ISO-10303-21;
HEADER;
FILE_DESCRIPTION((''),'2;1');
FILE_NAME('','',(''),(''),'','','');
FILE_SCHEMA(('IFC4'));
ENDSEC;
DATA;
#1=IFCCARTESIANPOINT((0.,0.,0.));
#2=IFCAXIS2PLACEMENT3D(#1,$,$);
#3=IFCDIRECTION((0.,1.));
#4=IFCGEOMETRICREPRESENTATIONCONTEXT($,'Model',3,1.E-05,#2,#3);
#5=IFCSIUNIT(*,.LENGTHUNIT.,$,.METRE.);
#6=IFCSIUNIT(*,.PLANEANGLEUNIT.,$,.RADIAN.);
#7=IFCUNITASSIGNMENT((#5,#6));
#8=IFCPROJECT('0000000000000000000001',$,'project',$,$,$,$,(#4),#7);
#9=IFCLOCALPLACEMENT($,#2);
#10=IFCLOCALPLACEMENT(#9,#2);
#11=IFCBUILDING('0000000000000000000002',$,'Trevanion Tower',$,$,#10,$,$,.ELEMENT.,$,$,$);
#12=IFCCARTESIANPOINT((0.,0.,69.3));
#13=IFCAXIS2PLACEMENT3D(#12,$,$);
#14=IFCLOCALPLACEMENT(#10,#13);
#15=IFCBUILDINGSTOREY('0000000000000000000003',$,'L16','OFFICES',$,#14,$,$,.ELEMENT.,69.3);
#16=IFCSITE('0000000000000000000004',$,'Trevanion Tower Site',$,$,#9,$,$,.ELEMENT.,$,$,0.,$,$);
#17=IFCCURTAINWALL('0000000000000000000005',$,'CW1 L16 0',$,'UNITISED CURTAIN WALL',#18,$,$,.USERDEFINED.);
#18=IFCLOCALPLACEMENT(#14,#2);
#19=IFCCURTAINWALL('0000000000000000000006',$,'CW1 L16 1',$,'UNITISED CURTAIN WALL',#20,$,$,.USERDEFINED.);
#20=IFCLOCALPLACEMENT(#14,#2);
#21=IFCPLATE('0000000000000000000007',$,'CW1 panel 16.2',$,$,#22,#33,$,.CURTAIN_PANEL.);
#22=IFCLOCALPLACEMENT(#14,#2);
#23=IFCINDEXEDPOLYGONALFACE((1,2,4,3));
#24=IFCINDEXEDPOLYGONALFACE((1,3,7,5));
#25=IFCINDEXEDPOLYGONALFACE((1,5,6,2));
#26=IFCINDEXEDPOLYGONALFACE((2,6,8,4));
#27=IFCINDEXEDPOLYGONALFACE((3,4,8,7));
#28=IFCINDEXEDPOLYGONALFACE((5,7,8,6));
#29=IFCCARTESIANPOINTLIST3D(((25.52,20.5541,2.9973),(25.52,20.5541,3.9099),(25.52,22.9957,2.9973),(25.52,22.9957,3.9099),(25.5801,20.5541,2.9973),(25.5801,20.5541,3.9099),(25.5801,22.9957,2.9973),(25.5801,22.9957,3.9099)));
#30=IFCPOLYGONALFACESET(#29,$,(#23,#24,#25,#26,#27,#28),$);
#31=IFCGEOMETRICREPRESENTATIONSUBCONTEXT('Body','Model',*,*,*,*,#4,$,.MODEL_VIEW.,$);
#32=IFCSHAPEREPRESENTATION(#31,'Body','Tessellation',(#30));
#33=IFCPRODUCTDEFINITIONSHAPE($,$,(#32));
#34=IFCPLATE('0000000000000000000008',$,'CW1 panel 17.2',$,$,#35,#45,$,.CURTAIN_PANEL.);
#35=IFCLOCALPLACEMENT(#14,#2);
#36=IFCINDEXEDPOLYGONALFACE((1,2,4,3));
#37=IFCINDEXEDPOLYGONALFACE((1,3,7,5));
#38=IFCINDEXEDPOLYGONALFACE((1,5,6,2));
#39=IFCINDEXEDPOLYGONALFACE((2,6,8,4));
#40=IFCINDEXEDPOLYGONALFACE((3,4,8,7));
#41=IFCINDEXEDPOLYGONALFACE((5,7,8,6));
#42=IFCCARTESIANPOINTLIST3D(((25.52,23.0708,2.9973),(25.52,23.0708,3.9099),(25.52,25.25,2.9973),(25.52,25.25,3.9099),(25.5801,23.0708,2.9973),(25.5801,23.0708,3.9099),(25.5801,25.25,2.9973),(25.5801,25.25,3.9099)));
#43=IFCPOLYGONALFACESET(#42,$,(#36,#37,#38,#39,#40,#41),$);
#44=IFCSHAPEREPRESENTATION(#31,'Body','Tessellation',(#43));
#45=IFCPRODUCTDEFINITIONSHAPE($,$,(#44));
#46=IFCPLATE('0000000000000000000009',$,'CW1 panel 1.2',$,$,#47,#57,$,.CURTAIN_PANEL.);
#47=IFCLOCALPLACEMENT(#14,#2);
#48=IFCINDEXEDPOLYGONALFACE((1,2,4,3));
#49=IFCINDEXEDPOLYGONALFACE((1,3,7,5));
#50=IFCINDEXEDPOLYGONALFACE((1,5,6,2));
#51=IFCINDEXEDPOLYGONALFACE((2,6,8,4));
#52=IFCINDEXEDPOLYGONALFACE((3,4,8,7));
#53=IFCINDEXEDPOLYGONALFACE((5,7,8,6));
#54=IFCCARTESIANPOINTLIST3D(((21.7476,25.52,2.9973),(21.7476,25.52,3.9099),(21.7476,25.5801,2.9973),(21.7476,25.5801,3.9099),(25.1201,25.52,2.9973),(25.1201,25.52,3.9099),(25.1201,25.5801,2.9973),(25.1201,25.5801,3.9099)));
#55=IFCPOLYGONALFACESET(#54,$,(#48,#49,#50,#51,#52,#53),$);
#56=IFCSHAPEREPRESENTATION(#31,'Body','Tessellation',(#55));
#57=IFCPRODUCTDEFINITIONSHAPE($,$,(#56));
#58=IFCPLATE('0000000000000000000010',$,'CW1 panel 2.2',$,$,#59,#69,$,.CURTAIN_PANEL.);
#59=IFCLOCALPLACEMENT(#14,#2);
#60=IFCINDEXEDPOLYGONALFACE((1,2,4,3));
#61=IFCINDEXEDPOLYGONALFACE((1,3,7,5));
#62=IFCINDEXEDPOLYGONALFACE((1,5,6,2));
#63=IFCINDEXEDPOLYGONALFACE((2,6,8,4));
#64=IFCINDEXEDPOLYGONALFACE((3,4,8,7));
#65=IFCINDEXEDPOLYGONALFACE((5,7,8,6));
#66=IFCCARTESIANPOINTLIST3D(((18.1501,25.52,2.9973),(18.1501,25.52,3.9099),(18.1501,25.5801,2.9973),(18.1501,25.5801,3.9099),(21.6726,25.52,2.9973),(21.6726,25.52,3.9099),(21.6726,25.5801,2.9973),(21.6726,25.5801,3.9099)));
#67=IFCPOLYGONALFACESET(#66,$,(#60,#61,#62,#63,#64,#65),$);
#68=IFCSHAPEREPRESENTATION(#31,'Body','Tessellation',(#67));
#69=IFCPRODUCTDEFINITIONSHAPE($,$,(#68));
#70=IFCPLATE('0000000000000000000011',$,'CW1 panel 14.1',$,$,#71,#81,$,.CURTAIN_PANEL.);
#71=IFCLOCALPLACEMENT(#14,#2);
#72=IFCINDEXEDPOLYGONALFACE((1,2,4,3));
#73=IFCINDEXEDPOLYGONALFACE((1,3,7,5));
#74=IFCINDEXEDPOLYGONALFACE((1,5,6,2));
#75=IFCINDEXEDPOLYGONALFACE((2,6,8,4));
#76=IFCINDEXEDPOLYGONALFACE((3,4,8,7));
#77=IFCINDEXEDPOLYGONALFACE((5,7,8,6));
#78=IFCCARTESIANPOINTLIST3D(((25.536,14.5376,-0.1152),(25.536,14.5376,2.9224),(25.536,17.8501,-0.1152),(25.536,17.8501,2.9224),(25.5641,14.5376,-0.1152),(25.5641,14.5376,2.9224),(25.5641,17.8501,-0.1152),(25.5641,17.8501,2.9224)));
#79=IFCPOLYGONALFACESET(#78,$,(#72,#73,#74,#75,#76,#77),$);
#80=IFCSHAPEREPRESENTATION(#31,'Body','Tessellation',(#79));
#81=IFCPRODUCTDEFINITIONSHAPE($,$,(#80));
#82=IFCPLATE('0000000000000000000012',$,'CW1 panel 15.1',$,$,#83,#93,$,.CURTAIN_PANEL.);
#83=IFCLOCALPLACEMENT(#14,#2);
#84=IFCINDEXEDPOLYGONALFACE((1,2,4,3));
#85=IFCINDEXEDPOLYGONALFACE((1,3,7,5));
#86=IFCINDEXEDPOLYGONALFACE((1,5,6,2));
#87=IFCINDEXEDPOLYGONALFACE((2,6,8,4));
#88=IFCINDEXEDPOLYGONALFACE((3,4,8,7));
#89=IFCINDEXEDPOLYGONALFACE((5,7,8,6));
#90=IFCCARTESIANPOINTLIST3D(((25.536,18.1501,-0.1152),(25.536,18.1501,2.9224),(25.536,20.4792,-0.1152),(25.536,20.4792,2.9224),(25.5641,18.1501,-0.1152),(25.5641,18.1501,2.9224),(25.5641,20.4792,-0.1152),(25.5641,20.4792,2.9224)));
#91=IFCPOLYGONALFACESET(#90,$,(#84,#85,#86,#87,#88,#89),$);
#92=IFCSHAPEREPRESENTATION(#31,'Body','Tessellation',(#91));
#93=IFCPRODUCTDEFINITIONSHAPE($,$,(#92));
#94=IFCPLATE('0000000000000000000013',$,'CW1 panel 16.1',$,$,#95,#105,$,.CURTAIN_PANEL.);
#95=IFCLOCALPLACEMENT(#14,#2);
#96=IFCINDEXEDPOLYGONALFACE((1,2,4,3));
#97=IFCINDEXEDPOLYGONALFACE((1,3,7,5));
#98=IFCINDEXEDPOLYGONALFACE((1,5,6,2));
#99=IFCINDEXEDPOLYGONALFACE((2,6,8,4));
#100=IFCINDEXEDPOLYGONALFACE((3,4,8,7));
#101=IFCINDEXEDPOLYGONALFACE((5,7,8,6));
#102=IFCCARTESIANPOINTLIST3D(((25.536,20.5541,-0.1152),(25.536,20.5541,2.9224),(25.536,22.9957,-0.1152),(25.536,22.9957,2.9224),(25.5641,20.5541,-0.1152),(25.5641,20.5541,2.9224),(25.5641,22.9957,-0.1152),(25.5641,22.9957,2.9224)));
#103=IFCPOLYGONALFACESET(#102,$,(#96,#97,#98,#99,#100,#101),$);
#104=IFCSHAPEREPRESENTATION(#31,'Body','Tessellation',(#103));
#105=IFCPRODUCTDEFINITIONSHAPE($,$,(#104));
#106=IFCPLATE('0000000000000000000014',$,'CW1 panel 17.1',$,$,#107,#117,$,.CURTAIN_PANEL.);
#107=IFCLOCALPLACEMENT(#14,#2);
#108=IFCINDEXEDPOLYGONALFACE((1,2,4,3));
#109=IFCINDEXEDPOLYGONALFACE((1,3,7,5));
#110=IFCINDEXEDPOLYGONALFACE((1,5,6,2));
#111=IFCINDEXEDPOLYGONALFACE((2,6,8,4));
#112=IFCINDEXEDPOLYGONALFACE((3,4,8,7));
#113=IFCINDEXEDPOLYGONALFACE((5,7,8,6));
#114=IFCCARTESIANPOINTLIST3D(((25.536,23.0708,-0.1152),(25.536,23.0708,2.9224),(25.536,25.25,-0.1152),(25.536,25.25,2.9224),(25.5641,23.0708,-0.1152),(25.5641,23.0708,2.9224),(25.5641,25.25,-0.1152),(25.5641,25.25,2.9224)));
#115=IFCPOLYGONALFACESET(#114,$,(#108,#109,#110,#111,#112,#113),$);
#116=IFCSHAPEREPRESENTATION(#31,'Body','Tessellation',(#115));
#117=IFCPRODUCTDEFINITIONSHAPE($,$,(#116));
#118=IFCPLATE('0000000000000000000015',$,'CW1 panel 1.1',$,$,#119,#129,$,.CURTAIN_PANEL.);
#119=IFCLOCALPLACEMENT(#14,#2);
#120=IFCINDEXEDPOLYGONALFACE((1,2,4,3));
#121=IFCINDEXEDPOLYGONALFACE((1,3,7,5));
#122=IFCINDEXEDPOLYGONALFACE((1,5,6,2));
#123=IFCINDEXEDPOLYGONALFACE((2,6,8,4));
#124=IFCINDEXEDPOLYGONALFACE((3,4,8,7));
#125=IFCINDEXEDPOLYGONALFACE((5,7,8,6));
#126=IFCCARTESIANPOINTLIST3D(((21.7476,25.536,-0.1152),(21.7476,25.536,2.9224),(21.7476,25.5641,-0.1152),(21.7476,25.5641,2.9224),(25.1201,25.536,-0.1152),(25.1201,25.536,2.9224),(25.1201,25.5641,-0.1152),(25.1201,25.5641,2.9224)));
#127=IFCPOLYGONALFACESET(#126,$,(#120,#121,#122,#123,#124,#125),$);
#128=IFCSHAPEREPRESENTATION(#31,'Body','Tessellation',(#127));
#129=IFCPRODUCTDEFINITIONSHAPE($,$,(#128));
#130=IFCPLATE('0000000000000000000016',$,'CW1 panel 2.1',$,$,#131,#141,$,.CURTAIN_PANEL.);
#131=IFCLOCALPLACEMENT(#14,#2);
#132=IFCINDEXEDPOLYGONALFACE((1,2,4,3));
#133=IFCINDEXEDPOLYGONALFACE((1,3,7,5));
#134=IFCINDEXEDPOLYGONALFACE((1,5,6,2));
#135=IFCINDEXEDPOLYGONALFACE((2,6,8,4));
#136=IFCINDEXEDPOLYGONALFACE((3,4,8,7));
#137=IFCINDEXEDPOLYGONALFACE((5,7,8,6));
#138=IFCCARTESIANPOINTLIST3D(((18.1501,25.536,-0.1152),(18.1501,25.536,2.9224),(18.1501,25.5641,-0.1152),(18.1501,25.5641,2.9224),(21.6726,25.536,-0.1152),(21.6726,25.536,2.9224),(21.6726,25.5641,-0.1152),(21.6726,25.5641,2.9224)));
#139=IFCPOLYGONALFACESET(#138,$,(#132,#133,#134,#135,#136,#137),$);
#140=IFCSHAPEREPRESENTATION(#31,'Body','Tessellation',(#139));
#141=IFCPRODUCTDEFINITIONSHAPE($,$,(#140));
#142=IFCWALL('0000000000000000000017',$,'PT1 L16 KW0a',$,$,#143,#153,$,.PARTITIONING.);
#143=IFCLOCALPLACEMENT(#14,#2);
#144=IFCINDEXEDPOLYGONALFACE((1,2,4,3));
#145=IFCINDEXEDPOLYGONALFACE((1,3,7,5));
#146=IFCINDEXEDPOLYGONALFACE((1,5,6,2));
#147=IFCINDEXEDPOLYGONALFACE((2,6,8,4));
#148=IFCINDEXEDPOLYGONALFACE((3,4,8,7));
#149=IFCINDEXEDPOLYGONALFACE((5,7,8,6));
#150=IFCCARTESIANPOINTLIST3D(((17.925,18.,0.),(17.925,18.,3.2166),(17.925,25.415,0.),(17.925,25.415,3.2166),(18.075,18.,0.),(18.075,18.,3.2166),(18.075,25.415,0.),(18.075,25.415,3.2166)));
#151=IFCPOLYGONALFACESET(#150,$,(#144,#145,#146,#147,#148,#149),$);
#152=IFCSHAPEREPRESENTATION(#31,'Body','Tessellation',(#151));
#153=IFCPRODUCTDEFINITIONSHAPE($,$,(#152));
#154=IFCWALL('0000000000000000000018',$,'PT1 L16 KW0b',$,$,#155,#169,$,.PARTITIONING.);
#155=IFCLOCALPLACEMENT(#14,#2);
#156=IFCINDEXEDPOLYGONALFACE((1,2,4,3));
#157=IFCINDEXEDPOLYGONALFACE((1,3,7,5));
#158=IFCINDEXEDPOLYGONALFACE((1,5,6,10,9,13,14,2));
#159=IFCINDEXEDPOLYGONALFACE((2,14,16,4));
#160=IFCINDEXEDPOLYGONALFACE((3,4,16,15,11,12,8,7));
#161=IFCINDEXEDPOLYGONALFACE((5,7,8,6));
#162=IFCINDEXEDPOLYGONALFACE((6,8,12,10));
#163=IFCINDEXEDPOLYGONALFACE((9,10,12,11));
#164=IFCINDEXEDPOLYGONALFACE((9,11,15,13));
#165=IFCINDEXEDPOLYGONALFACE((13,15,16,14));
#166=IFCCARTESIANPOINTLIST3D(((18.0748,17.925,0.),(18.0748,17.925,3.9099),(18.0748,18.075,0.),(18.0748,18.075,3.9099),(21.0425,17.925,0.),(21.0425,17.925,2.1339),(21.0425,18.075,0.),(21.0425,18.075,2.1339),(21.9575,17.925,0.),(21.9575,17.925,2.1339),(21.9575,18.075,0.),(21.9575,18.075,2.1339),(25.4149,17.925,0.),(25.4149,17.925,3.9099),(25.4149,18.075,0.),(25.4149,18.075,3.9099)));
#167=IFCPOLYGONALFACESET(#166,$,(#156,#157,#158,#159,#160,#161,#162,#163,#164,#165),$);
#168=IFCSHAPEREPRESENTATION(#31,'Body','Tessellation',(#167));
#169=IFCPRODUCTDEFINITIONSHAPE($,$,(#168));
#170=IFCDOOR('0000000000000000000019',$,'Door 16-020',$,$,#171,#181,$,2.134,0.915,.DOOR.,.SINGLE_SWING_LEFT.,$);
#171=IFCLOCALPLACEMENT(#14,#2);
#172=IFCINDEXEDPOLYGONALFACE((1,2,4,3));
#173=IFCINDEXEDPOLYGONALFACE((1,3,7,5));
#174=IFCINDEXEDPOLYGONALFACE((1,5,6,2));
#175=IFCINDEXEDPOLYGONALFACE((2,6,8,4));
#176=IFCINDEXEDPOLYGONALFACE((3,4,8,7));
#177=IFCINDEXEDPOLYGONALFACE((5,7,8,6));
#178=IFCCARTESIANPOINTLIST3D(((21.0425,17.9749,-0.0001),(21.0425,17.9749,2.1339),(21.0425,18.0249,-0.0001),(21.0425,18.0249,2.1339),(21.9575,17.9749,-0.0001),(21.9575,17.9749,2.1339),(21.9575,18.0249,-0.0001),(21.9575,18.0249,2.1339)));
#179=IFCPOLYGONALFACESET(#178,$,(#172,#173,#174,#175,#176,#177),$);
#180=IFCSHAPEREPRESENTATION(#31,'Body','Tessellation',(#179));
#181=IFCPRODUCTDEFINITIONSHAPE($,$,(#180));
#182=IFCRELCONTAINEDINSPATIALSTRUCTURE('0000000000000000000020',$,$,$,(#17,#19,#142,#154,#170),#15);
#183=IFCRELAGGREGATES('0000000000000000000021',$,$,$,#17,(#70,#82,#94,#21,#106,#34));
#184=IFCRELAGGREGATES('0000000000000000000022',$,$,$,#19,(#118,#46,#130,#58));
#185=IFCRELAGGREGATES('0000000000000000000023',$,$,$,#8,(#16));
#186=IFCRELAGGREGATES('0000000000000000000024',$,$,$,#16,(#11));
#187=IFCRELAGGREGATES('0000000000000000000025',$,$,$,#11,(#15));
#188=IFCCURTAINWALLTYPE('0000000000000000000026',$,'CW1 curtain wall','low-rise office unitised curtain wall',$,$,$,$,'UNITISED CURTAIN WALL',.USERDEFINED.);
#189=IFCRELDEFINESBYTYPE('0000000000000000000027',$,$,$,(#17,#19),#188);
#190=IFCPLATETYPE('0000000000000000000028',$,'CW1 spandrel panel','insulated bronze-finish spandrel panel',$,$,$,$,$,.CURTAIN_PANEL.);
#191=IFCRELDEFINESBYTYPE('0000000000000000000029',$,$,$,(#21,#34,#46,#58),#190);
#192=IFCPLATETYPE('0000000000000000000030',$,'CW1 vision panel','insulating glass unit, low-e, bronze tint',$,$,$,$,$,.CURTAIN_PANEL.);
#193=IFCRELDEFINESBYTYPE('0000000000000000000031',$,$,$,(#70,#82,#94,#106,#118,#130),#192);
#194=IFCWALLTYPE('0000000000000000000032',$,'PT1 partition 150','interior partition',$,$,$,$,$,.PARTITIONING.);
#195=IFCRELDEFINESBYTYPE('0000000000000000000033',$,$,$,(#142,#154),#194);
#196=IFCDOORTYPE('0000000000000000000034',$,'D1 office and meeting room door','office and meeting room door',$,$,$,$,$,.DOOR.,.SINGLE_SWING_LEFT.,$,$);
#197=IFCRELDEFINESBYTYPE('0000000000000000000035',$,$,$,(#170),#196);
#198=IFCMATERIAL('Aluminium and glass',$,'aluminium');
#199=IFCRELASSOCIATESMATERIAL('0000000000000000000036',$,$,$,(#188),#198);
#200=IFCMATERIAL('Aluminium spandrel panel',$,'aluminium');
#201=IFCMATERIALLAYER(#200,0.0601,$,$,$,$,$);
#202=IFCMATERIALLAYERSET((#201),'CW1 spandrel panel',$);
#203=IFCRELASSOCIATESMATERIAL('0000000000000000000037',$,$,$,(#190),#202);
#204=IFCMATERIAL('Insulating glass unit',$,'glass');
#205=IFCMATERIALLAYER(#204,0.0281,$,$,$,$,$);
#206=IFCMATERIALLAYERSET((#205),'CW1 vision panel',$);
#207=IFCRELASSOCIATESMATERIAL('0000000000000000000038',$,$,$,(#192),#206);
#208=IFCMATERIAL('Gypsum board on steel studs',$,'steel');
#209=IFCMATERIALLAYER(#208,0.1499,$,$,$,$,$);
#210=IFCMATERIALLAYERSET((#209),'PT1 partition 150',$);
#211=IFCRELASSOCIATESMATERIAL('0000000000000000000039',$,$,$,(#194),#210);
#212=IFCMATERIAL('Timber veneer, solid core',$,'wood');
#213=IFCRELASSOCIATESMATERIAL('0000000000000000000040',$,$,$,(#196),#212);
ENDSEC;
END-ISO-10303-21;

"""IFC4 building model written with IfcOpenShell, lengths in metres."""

from ifc_helpers import new_model, si_unit, direction, frame, frame_2d, origin, origin_2d, place, context, subcontext, project, spatial, rectangle, extrude, material, layer, layer_set, type_object, element, fill, aggregate, save


model = new_model("IFC4")

# Units and contexts
model_context = context("Model", 3, precision=1e-05, world=origin(), true_north=direction((0.0, 1.0)))
body_context = subcontext(model_context, "Body", "Model", "MODEL_VIEW")
ifc_project = project(units=[si_unit("LENGTHUNIT", "METRE"), si_unit("PLANEANGLEUNIT", "RADIAN")], contexts=[model_context])

# Site, building, storey
site_placement = place(None, origin())
site = spatial("IfcSite", under=ifc_project, at=site_placement, Name="Trevanion Tower Site", CompositionType="ELEMENT", RefElevation=0.0)
building_placement = place(site_placement, origin())
building = spatial("IfcBuilding", under=site, at=building_placement, Name="Trevanion Tower", CompositionType="ELEMENT")
storey_placement = place(building_placement, frame((0.0, 0.0, 69.3)))
storey = spatial("IfcBuildingStorey", under=building, at=storey_placement, Name="L16", Description="OFFICES", CompositionType="ELEMENT", Elevation=69.3)

# Curtain wall
ifc_material_1 = material(Name="Aluminium and glass", Category="aluminium")
curtain_wall_type = type_object("IfcCurtainWallType", Name="CW1 curtain wall", Description="low-rise office unitised curtain wall", ElementType="UNITISED CURTAIN WALL", PredefinedType="USERDEFINED", material=ifc_material_1)
curtain_wall_1_placement = place(storey_placement, origin())
curtain_wall_1 = element("IfcCurtainWall", 1, at=curtain_wall_1_placement, inside=storey, type_object=curtain_wall_type, Name="CW1 L16 0", ObjectType="UNITISED CURTAIN WALL", PredefinedType="USERDEFINED")

# Curtain wall
curtain_wall_2_placement = place(storey_placement, origin())
curtain_wall_2 = element("IfcCurtainWall", 2, at=curtain_wall_2_placement, inside=storey, type_object=curtain_wall_type, Name="CW1 L16 1", ObjectType="UNITISED CURTAIN WALL", PredefinedType="USERDEFINED")

# Plates
ifc_material_2 = material(Name="Aluminium spandrel panel", Category="aluminium")
ifc_layer_1 = layer(ifc_material_2, 0.0601)
ifc_layer_set_1 = layer_set([ifc_layer_1], Name="CW1 spandrel panel")
plate_type_1 = type_object("IfcPlateType", Name="CW1 spandrel panel", Description="insulated bronze-finish spandrel panel", PredefinedType="CURTAIN_PANEL", material=ifc_layer_set_1)
plate_1_placement = place(storey_placement, frame((25.55, 21.7749, 2.9973), z_axis=(0.0, 0.0, 1.0), x_axis=(0.0, 1.0, 0.0)))
plate_1 = element("IfcPlate", 3, at=plate_1_placement, type_object=plate_type_1, Name="CW1 panel 16.2", PredefinedType="CURTAIN_PANEL", context=body_context, shape_type="SweptSolid", body=[
    extrude(rectangle(XDim=2.4417, YDim=0.0601, at=origin_2d()), origin(), (0.0, 0.0, 1.0), 0.9126),
])
plate_2_placement = place(storey_placement, frame((25.55, 24.1604, 2.9973), z_axis=(0.0, 0.0, 1.0), x_axis=(0.0, 1.0, 0.0)))
plate_2 = element("IfcPlate", 4, at=plate_2_placement, type_object=plate_type_1, Name="CW1 panel 17.2", PredefinedType="CURTAIN_PANEL", context=body_context, shape_type="SweptSolid", body=[
    extrude(rectangle(XDim=2.1792, YDim=0.0601, at=origin_2d()), origin(), (0.0, 0.0, 1.0), 0.9126),
])
plate_3_placement = place(storey_placement, frame((23.4338, 25.55, 2.9973), z_axis=(0.0, 0.0, 1.0), x_axis=(-1.0, 0.0, 0.0)))
plate_3 = element("IfcPlate", 5, at=plate_3_placement, type_object=plate_type_1, Name="CW1 panel 1.2", PredefinedType="CURTAIN_PANEL", context=body_context, shape_type="SweptSolid", body=[
    extrude(rectangle(XDim=3.3726, YDim=0.0601, at=origin_2d()), origin(), (0.0, 0.0, 1.0), 0.9126),
])
plate_4_placement = place(storey_placement, frame((19.9114, 25.55, 2.9973), z_axis=(0.0, 0.0, 1.0), x_axis=(-1.0, 0.0, 0.0)))
plate_4 = element("IfcPlate", 6, at=plate_4_placement, type_object=plate_type_1, Name="CW1 panel 2.2", PredefinedType="CURTAIN_PANEL", context=body_context, shape_type="SweptSolid", body=[
    extrude(rectangle(XDim=3.5225, YDim=0.0601, at=origin_2d()), origin(), (0.0, 0.0, 1.0), 0.9126),
])
ifc_material_3 = material(Name="Insulating glass unit", Category="glass")
ifc_layer_2 = layer(ifc_material_3, 0.0281)
ifc_layer_set_2 = layer_set([ifc_layer_2], Name="CW1 vision panel")
plate_type_2 = type_object("IfcPlateType", Name="CW1 vision panel", Description="insulating glass unit, low-e, bronze tint", PredefinedType="CURTAIN_PANEL", material=ifc_layer_set_2)
plate_5_placement = place(storey_placement, frame((25.55, 16.1938, -0.1152), z_axis=(0.0, 0.0, 1.0), x_axis=(0.0, 1.0, 0.0)))
plate_5 = element("IfcPlate", 7, at=plate_5_placement, type_object=plate_type_2, Name="CW1 panel 14.1", PredefinedType="CURTAIN_PANEL", context=body_context, shape_type="SweptSolid", body=[
    extrude(rectangle(XDim=3.3125, YDim=0.0281, at=origin_2d()), origin(), (0.0, 0.0, 1.0), 3.0376),
])
plate_6_placement = place(storey_placement, frame((25.55, 19.3147, -0.1152), z_axis=(0.0, 0.0, 1.0), x_axis=(0.0, 1.0, 0.0)))
plate_6 = element("IfcPlate", 8, at=plate_6_placement, type_object=plate_type_2, Name="CW1 panel 15.1", PredefinedType="CURTAIN_PANEL", context=body_context, shape_type="SweptSolid", body=[
    extrude(rectangle(XDim=2.3291, YDim=0.0281, at=origin_2d()), origin(), (0.0, 0.0, 1.0), 3.0376),
])
plate_7_placement = place(storey_placement, frame((25.55, 21.7749, -0.1152), z_axis=(0.0, 0.0, 1.0), x_axis=(0.0, 1.0, 0.0)))
plate_7 = element("IfcPlate", 9, at=plate_7_placement, type_object=plate_type_2, Name="CW1 panel 16.1", PredefinedType="CURTAIN_PANEL", context=body_context, shape_type="SweptSolid", body=[
    extrude(rectangle(XDim=2.4417, YDim=0.0281, at=origin_2d()), origin(), (0.0, 0.0, 1.0), 3.0376),
])
plate_8_placement = place(storey_placement, frame((25.55, 24.1604, -0.1152), z_axis=(0.0, 0.0, 1.0), x_axis=(0.0, 1.0, 0.0)))
plate_8 = element("IfcPlate", 10, at=plate_8_placement, type_object=plate_type_2, Name="CW1 panel 17.1", PredefinedType="CURTAIN_PANEL", context=body_context, shape_type="SweptSolid", body=[
    extrude(rectangle(XDim=2.1792, YDim=0.0281, at=origin_2d()), origin(), (0.0, 0.0, 1.0), 3.0376),
])
aggregate(curtain_wall_1, [plate_5, plate_6, plate_7, plate_1, plate_8, plate_2])
plate_9_placement = place(storey_placement, frame((23.4338, 25.55, -0.1152), z_axis=(0.0, 0.0, 1.0), x_axis=(-1.0, 0.0, 0.0)))
plate_9 = element("IfcPlate", 11, at=plate_9_placement, type_object=plate_type_2, Name="CW1 panel 1.1", PredefinedType="CURTAIN_PANEL", context=body_context, shape_type="SweptSolid", body=[
    extrude(rectangle(XDim=3.3726, YDim=0.0281, at=origin_2d()), origin(), (0.0, 0.0, 1.0), 3.0376),
])
plate_10_placement = place(storey_placement, frame((19.9114, 25.55, -0.1152), z_axis=(0.0, 0.0, 1.0), x_axis=(-1.0, 0.0, 0.0)))
plate_10 = element("IfcPlate", 12, at=plate_10_placement, type_object=plate_type_2, Name="CW1 panel 2.1", PredefinedType="CURTAIN_PANEL", context=body_context, shape_type="SweptSolid", body=[
    extrude(rectangle(XDim=3.5225, YDim=0.0281, at=origin_2d()), origin(), (0.0, 0.0, 1.0), 3.0376),
])
aggregate(curtain_wall_2, [plate_9, plate_3, plate_10, plate_4])

# Wall
ifc_material_4 = material(Name="Gypsum board on steel studs", Category="steel")
ifc_layer_3 = layer(ifc_material_4, 0.1499)
ifc_layer_set_3 = layer_set([ifc_layer_3], Name="PT1 partition 150")
wall_type = type_object("IfcWallType", Name="PT1 partition 150", Description="interior partition", PredefinedType="PARTITIONING", material=ifc_layer_set_3)
wall_1_placement = place(storey_placement, frame((18.0, 18.0, 0.0), z_axis=(0.0, 0.0, 1.0), x_axis=(0.0, 1.0, 0.0)))
element("IfcWall", 13, at=wall_1_placement, inside=storey, type_object=wall_type, Name="PT1 L16 KW0a", PredefinedType="PARTITIONING", context=body_context, shape_type="SweptSolid", body=[
    extrude(rectangle(XDim=7.415, YDim=0.1499, at=frame_2d((3.7075, 0.0))), origin(), (0.0, 0.0, 1.0), 3.2166),
])

# Wall, opening, door
wall_2_placement = place(storey_placement, frame((18.075, 18.0, 0.0), z_axis=(0.0, 0.0, 1.0), x_axis=(1.0, 0.0, 0.0)))
wall_2 = element("IfcWall", 14, at=wall_2_placement, inside=storey, type_object=wall_type, Name="PT1 L16 KW0b", PredefinedType="PARTITIONING", context=body_context, shape_type="SweptSolid", body=[
    extrude(rectangle(XDim=7.3401, YDim=0.1499, at=frame_2d((3.6699, 0.0))), origin(), (0.0, 0.0, 1.0), 3.9099),
])
opening_placement = place(wall_2_placement, frame((2.9675, 0.0, 0.0)))
opening = element("IfcOpeningElement", 15, at=opening_placement, cuts=wall_2, PredefinedType="OPENING", context=body_context, shape_type="SweptSolid", body=[
    extrude(rectangle(XDim=0.915, YDim=2.134, at=frame_2d((0.4575, 1.0669))), frame((0.0, 0.085, 0.0), z_axis=(0.0, -1.0, 0.0), x_axis=(1.0, 0.0, 0.0)), (0.0, 0.0, 1.0), 0.1699),
])
ifc_material_5 = material(Name="Timber veneer, solid core", Category="wood")
door_type = type_object("IfcDoorType", Name="D1 office and meeting room door", Description="office and meeting room door", OperationType="SINGLE_SWING_LEFT", PredefinedType="DOOR", material=ifc_material_5)
door_placement = place(opening_placement, origin())
door = element("IfcDoor", 16, at=door_placement, inside=storey, type_object=door_type, Name="Door 16-020", OperationType="SINGLE_SWING_LEFT", OverallHeight=2.134, OverallWidth=0.915, PredefinedType="DOOR", context=body_context, shape_type="SweptSolid", body=[
    extrude(rectangle(XDim=0.915, YDim=2.134, at=frame_2d((0.4575, 1.0669))), frame((0.0, 0.0249, 0.0), z_axis=(0.0, -1.0, 0.0), x_axis=(1.0, 0.0, 0.0)), (0.0, 0.0, 1.0), 0.05),
])
fill(opening, door)

save(model, "model.ifc")
